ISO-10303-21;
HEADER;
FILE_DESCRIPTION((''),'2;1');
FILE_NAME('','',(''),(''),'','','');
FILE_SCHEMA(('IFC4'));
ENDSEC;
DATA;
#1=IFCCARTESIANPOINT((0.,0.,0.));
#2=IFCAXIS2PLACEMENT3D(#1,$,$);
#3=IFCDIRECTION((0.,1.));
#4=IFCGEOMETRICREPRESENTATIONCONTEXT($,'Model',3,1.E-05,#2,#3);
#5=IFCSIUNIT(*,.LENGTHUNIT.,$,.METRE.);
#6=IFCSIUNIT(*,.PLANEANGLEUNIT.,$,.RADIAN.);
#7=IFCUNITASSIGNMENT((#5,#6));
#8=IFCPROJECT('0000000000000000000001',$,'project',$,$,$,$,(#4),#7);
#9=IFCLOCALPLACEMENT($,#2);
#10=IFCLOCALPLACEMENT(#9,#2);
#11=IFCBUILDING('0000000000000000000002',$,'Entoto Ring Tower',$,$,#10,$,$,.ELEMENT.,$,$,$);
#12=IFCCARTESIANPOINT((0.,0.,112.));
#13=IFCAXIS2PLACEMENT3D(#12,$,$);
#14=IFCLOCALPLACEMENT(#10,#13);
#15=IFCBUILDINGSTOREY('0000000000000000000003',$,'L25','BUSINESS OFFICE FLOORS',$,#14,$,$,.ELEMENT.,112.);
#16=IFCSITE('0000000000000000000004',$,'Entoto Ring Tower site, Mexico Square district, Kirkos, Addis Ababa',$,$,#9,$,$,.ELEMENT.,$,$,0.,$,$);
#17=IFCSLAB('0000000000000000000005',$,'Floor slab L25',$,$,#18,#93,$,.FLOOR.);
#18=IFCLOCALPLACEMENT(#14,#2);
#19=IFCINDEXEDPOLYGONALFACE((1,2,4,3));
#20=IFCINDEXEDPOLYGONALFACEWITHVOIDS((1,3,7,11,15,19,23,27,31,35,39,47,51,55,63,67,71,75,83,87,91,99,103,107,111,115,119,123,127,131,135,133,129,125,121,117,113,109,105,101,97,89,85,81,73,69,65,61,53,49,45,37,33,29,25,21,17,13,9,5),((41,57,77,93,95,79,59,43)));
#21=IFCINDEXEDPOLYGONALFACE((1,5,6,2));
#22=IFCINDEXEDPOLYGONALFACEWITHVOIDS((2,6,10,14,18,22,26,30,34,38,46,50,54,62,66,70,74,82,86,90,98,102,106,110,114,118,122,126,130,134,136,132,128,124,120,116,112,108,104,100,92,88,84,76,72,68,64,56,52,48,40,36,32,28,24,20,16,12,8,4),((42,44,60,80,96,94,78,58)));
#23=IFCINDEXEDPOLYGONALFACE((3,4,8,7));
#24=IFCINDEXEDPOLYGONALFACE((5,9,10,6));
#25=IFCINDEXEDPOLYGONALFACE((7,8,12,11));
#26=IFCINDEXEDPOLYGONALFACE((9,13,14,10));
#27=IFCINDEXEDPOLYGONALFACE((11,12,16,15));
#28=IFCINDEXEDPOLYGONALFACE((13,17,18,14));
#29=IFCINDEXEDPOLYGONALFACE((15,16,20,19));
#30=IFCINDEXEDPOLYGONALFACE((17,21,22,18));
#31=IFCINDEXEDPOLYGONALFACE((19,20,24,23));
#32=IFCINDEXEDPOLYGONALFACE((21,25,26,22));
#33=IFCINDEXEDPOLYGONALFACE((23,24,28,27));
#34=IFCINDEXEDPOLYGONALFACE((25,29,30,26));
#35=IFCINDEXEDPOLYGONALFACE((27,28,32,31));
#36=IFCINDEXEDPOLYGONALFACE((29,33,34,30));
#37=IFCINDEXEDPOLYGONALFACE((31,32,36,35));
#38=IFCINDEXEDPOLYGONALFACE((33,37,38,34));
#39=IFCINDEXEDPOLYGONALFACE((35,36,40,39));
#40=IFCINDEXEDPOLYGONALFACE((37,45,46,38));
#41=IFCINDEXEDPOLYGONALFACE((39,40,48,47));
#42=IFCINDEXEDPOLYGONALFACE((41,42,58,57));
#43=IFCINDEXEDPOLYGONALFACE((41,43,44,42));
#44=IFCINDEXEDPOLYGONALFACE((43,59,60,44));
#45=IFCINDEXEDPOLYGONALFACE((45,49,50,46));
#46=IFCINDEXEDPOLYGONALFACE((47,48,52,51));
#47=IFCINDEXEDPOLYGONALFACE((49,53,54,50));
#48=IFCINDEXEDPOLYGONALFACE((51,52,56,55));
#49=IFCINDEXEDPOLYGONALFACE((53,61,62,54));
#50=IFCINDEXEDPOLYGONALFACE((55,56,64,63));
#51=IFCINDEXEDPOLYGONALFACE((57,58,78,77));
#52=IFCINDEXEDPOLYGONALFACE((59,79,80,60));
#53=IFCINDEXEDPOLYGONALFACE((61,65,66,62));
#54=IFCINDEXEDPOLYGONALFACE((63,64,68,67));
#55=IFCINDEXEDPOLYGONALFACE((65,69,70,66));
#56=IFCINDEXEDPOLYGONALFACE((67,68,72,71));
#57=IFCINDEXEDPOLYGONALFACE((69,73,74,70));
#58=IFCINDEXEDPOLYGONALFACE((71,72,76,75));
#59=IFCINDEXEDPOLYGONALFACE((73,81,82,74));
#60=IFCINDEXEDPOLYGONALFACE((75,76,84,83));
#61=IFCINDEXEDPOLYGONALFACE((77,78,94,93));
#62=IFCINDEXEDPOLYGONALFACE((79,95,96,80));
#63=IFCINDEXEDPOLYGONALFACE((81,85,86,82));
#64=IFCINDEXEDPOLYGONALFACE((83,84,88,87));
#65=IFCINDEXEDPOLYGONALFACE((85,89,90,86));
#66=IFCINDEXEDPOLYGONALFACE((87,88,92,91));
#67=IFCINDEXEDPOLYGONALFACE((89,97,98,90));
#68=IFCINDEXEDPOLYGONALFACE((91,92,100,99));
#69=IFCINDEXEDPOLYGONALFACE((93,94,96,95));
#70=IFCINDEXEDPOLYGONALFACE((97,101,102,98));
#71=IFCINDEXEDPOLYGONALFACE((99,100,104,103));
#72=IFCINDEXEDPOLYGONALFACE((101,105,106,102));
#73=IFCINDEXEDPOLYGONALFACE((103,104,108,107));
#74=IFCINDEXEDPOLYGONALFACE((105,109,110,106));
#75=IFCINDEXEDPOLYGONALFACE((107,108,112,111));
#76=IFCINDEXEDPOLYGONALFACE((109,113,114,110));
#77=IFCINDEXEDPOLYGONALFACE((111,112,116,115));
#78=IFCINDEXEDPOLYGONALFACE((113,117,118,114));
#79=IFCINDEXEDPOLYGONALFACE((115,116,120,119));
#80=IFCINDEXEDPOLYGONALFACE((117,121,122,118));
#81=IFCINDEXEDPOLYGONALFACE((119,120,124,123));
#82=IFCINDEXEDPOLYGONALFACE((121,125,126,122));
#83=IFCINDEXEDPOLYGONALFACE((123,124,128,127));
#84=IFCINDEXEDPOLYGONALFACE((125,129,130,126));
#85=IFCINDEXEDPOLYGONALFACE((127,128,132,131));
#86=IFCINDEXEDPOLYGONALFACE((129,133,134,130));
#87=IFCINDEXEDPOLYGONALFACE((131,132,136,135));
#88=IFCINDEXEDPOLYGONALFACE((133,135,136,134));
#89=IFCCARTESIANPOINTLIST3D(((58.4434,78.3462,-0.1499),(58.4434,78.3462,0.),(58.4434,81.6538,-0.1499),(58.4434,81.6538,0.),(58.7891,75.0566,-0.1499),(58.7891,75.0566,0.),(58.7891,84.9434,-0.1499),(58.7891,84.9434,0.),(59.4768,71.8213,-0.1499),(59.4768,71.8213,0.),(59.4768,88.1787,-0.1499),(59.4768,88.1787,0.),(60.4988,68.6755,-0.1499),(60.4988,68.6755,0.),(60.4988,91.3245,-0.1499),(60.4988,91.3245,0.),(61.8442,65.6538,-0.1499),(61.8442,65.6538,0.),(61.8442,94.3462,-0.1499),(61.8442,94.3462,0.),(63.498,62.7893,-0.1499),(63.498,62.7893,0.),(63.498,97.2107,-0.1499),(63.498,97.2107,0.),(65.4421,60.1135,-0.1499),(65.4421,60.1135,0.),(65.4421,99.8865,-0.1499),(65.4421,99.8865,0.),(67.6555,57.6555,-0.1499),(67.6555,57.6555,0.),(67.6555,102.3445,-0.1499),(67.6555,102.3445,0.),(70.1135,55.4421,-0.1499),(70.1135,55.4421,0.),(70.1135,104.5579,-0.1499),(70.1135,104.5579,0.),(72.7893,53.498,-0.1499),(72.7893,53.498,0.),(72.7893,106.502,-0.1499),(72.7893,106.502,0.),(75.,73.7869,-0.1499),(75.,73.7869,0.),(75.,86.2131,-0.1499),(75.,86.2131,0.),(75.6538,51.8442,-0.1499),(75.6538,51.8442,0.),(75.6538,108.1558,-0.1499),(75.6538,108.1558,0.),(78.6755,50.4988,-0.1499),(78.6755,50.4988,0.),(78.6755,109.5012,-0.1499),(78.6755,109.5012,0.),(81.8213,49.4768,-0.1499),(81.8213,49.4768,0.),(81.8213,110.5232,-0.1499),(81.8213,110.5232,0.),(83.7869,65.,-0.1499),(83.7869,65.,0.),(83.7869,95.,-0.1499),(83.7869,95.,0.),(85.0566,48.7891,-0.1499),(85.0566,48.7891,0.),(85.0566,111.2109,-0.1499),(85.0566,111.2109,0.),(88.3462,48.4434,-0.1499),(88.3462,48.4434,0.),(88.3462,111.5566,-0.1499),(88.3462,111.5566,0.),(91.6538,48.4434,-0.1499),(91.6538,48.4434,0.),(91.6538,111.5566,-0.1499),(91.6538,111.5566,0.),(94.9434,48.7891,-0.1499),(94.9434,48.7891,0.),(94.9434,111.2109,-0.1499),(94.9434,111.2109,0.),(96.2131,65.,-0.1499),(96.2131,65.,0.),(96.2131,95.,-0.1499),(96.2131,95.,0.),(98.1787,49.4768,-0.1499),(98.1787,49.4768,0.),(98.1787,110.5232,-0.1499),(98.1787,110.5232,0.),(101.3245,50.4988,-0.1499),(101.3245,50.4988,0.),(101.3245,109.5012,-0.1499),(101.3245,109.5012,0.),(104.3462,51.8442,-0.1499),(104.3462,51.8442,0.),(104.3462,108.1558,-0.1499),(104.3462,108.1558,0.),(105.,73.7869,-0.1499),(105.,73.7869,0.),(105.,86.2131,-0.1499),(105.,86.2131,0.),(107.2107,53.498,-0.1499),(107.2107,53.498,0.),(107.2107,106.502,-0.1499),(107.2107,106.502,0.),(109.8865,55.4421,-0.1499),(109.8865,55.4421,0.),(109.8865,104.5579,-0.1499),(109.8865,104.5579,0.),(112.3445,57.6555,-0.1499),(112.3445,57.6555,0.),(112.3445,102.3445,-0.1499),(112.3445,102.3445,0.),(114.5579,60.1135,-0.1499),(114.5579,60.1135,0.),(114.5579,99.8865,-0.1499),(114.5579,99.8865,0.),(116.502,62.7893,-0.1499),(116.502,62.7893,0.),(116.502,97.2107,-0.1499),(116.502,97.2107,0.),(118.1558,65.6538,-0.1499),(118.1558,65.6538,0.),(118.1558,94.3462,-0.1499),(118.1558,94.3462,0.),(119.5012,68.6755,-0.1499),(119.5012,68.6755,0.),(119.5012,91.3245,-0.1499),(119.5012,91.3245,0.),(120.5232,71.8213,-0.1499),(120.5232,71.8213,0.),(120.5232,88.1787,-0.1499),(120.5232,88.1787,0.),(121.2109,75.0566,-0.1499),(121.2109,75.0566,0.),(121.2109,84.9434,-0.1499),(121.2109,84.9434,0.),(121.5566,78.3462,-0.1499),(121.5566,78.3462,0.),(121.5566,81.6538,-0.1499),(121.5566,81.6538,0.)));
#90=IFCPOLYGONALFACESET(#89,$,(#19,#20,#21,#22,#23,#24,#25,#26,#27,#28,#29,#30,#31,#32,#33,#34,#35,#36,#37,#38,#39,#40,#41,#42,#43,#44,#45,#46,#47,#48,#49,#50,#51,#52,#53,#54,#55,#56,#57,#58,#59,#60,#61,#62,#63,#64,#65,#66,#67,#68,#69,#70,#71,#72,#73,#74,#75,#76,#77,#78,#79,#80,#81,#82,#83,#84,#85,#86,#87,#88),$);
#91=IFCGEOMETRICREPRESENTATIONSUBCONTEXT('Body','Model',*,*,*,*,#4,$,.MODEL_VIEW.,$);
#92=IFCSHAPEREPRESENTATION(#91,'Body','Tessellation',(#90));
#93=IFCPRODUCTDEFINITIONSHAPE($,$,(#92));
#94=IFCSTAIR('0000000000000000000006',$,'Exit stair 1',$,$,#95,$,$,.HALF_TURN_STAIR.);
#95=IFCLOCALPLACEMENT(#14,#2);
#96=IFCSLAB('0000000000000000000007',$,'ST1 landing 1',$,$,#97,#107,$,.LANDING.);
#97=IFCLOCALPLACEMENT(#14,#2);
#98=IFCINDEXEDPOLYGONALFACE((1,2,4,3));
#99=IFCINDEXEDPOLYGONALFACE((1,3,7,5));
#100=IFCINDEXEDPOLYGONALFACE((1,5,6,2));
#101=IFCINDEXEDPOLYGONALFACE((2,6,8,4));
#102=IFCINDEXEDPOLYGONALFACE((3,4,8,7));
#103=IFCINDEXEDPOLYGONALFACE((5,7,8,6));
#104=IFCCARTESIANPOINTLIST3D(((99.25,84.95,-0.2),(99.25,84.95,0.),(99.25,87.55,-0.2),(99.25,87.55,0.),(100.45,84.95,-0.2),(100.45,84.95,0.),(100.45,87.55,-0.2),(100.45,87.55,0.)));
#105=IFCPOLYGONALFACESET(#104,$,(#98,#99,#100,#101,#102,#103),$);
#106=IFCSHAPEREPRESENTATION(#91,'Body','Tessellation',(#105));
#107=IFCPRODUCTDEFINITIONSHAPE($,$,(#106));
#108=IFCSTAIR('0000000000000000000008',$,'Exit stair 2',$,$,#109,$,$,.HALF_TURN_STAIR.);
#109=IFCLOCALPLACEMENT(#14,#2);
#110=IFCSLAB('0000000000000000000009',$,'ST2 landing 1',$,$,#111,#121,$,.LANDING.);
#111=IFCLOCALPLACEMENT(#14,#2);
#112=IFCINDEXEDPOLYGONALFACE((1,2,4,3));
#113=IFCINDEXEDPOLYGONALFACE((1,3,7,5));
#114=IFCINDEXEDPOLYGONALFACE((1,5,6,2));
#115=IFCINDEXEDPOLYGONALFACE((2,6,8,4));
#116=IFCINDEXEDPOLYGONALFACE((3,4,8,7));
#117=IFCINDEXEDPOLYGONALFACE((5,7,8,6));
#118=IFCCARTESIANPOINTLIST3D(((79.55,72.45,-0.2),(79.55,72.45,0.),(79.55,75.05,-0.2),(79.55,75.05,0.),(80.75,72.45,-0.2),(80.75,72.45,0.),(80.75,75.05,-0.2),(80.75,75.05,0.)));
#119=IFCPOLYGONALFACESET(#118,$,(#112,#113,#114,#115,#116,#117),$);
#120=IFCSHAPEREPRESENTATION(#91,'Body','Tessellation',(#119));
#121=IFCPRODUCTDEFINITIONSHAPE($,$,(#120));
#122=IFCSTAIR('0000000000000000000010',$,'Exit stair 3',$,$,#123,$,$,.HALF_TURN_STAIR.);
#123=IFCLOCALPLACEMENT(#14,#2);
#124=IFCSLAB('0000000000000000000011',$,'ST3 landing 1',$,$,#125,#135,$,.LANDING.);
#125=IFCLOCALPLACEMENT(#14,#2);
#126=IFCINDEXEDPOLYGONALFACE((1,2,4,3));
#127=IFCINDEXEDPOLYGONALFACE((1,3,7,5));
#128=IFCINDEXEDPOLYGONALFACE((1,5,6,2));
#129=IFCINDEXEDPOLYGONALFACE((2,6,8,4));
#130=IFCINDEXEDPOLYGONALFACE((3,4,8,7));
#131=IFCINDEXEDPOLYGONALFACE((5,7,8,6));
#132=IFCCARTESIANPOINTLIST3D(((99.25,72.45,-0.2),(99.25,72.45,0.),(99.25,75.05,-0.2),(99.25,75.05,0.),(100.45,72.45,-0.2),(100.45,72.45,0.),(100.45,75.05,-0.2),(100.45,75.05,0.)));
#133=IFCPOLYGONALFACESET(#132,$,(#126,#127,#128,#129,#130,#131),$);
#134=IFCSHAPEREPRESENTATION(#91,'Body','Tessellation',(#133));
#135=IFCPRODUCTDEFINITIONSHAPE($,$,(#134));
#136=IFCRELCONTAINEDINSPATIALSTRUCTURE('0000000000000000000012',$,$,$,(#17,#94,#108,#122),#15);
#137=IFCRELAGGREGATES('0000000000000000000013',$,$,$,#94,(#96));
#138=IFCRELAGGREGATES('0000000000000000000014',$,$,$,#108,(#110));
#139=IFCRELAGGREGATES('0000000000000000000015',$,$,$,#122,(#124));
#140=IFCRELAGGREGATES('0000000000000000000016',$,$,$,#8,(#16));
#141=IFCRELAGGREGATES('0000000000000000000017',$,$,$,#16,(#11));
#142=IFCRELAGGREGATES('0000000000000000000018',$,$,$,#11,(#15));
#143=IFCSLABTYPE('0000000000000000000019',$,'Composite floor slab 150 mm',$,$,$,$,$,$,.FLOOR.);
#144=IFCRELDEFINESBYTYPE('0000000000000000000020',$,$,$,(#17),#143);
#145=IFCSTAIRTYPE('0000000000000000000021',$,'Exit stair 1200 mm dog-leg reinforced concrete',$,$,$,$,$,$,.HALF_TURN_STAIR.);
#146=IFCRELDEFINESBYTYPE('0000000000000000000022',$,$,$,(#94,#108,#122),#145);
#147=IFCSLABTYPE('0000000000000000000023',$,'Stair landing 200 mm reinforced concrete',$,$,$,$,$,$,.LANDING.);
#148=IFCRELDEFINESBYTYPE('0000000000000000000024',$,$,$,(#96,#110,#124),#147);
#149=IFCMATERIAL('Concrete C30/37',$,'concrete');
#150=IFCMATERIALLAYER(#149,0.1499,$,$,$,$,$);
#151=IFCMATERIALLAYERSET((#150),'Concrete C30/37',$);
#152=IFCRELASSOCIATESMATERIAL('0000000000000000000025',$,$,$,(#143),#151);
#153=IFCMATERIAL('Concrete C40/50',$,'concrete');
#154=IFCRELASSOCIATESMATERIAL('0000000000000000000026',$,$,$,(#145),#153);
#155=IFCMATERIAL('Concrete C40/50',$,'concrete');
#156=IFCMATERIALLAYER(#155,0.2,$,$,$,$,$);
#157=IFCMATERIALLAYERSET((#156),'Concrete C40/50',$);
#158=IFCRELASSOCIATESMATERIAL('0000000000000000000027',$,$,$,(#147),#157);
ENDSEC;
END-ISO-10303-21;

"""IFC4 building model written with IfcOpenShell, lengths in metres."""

from ifc_helpers import new_model, si_unit, direction, frame, origin, place, context, subcontext, project, spatial, polyline, outline, extrude, material, layer, layer_set, type_object, element, aggregate, save


model = new_model("IFC4")

# Units and contexts
model_context = context("Model", 3, precision=1e-05, world=origin(), true_north=direction((0.0, 1.0)))
body_context = subcontext(model_context, "Body", "Model", "MODEL_VIEW")
ifc_project = project(units=[si_unit("LENGTHUNIT", "METRE"), si_unit("PLANEANGLEUNIT", "RADIAN")], contexts=[model_context])

# Site, building, storey
site_placement = place(None, origin())
building_placement = place(site_placement, origin())
storey_placement = place(building_placement, frame((0.0, 0.0, 112.0)))
site = spatial("IfcSite", under=ifc_project, at=site_placement, Name="Entoto Ring Tower site, Mexico Square district, Kirkos, Addis Ababa", CompositionType="ELEMENT", RefElevation=0.0)
building = spatial("IfcBuilding", under=site, at=building_placement, Name="Entoto Ring Tower", CompositionType="ELEMENT")
storey = spatial("IfcBuildingStorey", under=building, at=storey_placement, Name="L25", Description="BUSINESS OFFICE FLOORS", CompositionType="ELEMENT", Elevation=112.0)

# Slab
ifc_material_1 = material(Name="Concrete C30/37", Category="concrete")
ifc_layer_1 = layer(ifc_material_1, 0.1499)
ifc_layer_set_1 = layer_set([ifc_layer_1], Name="Concrete C30/37")
slab_type_1 = type_object("IfcSlabType", Name="Composite floor slab 150 mm", PredefinedType="FLOOR", material=ifc_layer_set_1)
slab_1_placement = place(storey_placement, frame((0.0, 0.0, -0.1499)))
element("IfcSlab", 1, at=slab_1_placement, inside=storey, type_object=slab_type_1, Name="Floor slab L25", PredefinedType="FLOOR", context=body_context, shape_type="SweptSolid", body=[
    extrude(outline(polyline([(121.2109, 84.9434), (120.5232, 88.1787), (119.5012, 91.3245), (118.1558, 94.3462), (116.502, 97.2107), (114.5579, 99.8865), (112.3445, 102.3445), (109.8865, 104.5579), (107.2107, 106.502), (104.3462, 108.1558), (101.3245, 109.5012), (98.1787, 110.5232), (94.9434, 111.2109), (91.6538, 111.5566), (88.3462, 111.5566), (85.0566, 111.2109), (81.8213, 110.5232), (78.6755, 109.5012), (75.6538, 108.1558), (72.7893, 106.502), (70.1135, 104.5579), (67.6555, 102.3445), (65.4421, 99.8865), (63.498, 97.2107), (61.8442, 94.3462), (60.4988, 91.3245), (59.4768, 88.1787), (58.7891, 84.9434), (58.4434, 81.6538), (58.4434, 78.3462), (58.7891, 75.0566), (59.4768, 71.8213), (60.4988, 68.6755), (61.8442, 65.6538), (63.498, 62.7893), (65.4421, 60.1135), (67.6555, 57.6555), (70.1135, 55.4421), (72.7893, 53.498), (75.6538, 51.8442), (78.6755, 50.4988), (81.8213, 49.4768), (85.0566, 48.7891), (88.3462, 48.4434), (91.6538, 48.4434), (94.9434, 48.7891), (98.1787, 49.4768), (101.3245, 50.4988), (104.3462, 51.8442), (107.2107, 53.498), (109.8865, 55.4421), (112.3445, 57.6555), (114.5579, 60.1135), (116.502, 62.7893), (118.1558, 65.6538), (119.5012, 68.6755), (120.5232, 71.8213), (121.2109, 75.0566), (121.5566, 78.3462), (121.5566, 81.6538), (121.2109, 84.9434)]), holes=[polyline([(105.0, 73.7869), (105.0, 86.2131), (96.2131, 95.0), (83.7869, 95.0), (75.0, 86.2131), (75.0, 73.7869), (83.7869, 65.0), (96.2131, 65.0), (105.0, 73.7869)])]), origin(), (0.0, 0.0, 1.0), 0.1499),
])

# Stairs, slabs
ifc_material_2 = material(Name="Concrete C40/50", Category="concrete")
stair_type = type_object("IfcStairType", Name="Exit stair 1200 mm dog-leg reinforced concrete", PredefinedType="HALF_TURN_STAIR", material=ifc_material_2)
stair_1_placement = place(storey_placement, origin())
stair_1 = element("IfcStair", 2, at=stair_1_placement, inside=storey, type_object=stair_type, Name="Exit stair 1", PredefinedType="HALF_TURN_STAIR")
ifc_material_3 = material(Name="Concrete C40/50", Category="concrete")
ifc_layer_2 = layer(ifc_material_3, 0.2)
ifc_layer_set_2 = layer_set([ifc_layer_2], Name="Concrete C40/50")
slab_type_2 = type_object("IfcSlabType", Name="Stair landing 200 mm reinforced concrete", PredefinedType="LANDING", material=ifc_layer_set_2)
slab_2_placement = place(storey_placement, frame((0.0, 0.0, -0.2)))
slab_2 = element("IfcSlab", 3, at=slab_2_placement, type_object=slab_type_2, Name="ST1 landing 1", PredefinedType="LANDING", context=body_context, shape_type="SweptSolid", body=[
    extrude(outline(polyline([(100.45, 84.95), (100.45, 87.55), (99.25, 87.55), (99.25, 84.95), (100.45, 84.95)])), origin(), (0.0, 0.0, 1.0), 0.2),
])
aggregate(stair_1, [slab_2])
stair_2_placement = place(storey_placement, origin())
stair_2 = element("IfcStair", 4, at=stair_2_placement, inside=storey, type_object=stair_type, Name="Exit stair 2", PredefinedType="HALF_TURN_STAIR")
slab_3_placement = place(storey_placement, frame((0.0, 0.0, -0.2)))
slab_3 = element("IfcSlab", 5, at=slab_3_placement, type_object=slab_type_2, Name="ST2 landing 1", PredefinedType="LANDING", context=body_context, shape_type="SweptSolid", body=[
    extrude(outline(polyline([(80.75, 72.45), (80.75, 75.05), (79.55, 75.05), (79.55, 72.45), (80.75, 72.45)])), origin(), (0.0, 0.0, 1.0), 0.2),
])
aggregate(stair_2, [slab_3])
stair_3_placement = place(storey_placement, origin())
stair_3 = element("IfcStair", 6, at=stair_3_placement, inside=storey, type_object=stair_type, Name="Exit stair 3", PredefinedType="HALF_TURN_STAIR")
slab_4_placement = place(storey_placement, frame((0.0, 0.0, -0.2)))
slab_4 = element("IfcSlab", 7, at=slab_4_placement, type_object=slab_type_2, Name="ST3 landing 1", PredefinedType="LANDING", context=body_context, shape_type="SweptSolid", body=[
    extrude(outline(polyline([(100.45, 72.45), (100.45, 75.05), (99.25, 75.05), (99.25, 72.45), (100.45, 72.45)])), origin(), (0.0, 0.0, 1.0), 0.2),
])
aggregate(stair_3, [slab_4])

save(model, "model.ifc")
